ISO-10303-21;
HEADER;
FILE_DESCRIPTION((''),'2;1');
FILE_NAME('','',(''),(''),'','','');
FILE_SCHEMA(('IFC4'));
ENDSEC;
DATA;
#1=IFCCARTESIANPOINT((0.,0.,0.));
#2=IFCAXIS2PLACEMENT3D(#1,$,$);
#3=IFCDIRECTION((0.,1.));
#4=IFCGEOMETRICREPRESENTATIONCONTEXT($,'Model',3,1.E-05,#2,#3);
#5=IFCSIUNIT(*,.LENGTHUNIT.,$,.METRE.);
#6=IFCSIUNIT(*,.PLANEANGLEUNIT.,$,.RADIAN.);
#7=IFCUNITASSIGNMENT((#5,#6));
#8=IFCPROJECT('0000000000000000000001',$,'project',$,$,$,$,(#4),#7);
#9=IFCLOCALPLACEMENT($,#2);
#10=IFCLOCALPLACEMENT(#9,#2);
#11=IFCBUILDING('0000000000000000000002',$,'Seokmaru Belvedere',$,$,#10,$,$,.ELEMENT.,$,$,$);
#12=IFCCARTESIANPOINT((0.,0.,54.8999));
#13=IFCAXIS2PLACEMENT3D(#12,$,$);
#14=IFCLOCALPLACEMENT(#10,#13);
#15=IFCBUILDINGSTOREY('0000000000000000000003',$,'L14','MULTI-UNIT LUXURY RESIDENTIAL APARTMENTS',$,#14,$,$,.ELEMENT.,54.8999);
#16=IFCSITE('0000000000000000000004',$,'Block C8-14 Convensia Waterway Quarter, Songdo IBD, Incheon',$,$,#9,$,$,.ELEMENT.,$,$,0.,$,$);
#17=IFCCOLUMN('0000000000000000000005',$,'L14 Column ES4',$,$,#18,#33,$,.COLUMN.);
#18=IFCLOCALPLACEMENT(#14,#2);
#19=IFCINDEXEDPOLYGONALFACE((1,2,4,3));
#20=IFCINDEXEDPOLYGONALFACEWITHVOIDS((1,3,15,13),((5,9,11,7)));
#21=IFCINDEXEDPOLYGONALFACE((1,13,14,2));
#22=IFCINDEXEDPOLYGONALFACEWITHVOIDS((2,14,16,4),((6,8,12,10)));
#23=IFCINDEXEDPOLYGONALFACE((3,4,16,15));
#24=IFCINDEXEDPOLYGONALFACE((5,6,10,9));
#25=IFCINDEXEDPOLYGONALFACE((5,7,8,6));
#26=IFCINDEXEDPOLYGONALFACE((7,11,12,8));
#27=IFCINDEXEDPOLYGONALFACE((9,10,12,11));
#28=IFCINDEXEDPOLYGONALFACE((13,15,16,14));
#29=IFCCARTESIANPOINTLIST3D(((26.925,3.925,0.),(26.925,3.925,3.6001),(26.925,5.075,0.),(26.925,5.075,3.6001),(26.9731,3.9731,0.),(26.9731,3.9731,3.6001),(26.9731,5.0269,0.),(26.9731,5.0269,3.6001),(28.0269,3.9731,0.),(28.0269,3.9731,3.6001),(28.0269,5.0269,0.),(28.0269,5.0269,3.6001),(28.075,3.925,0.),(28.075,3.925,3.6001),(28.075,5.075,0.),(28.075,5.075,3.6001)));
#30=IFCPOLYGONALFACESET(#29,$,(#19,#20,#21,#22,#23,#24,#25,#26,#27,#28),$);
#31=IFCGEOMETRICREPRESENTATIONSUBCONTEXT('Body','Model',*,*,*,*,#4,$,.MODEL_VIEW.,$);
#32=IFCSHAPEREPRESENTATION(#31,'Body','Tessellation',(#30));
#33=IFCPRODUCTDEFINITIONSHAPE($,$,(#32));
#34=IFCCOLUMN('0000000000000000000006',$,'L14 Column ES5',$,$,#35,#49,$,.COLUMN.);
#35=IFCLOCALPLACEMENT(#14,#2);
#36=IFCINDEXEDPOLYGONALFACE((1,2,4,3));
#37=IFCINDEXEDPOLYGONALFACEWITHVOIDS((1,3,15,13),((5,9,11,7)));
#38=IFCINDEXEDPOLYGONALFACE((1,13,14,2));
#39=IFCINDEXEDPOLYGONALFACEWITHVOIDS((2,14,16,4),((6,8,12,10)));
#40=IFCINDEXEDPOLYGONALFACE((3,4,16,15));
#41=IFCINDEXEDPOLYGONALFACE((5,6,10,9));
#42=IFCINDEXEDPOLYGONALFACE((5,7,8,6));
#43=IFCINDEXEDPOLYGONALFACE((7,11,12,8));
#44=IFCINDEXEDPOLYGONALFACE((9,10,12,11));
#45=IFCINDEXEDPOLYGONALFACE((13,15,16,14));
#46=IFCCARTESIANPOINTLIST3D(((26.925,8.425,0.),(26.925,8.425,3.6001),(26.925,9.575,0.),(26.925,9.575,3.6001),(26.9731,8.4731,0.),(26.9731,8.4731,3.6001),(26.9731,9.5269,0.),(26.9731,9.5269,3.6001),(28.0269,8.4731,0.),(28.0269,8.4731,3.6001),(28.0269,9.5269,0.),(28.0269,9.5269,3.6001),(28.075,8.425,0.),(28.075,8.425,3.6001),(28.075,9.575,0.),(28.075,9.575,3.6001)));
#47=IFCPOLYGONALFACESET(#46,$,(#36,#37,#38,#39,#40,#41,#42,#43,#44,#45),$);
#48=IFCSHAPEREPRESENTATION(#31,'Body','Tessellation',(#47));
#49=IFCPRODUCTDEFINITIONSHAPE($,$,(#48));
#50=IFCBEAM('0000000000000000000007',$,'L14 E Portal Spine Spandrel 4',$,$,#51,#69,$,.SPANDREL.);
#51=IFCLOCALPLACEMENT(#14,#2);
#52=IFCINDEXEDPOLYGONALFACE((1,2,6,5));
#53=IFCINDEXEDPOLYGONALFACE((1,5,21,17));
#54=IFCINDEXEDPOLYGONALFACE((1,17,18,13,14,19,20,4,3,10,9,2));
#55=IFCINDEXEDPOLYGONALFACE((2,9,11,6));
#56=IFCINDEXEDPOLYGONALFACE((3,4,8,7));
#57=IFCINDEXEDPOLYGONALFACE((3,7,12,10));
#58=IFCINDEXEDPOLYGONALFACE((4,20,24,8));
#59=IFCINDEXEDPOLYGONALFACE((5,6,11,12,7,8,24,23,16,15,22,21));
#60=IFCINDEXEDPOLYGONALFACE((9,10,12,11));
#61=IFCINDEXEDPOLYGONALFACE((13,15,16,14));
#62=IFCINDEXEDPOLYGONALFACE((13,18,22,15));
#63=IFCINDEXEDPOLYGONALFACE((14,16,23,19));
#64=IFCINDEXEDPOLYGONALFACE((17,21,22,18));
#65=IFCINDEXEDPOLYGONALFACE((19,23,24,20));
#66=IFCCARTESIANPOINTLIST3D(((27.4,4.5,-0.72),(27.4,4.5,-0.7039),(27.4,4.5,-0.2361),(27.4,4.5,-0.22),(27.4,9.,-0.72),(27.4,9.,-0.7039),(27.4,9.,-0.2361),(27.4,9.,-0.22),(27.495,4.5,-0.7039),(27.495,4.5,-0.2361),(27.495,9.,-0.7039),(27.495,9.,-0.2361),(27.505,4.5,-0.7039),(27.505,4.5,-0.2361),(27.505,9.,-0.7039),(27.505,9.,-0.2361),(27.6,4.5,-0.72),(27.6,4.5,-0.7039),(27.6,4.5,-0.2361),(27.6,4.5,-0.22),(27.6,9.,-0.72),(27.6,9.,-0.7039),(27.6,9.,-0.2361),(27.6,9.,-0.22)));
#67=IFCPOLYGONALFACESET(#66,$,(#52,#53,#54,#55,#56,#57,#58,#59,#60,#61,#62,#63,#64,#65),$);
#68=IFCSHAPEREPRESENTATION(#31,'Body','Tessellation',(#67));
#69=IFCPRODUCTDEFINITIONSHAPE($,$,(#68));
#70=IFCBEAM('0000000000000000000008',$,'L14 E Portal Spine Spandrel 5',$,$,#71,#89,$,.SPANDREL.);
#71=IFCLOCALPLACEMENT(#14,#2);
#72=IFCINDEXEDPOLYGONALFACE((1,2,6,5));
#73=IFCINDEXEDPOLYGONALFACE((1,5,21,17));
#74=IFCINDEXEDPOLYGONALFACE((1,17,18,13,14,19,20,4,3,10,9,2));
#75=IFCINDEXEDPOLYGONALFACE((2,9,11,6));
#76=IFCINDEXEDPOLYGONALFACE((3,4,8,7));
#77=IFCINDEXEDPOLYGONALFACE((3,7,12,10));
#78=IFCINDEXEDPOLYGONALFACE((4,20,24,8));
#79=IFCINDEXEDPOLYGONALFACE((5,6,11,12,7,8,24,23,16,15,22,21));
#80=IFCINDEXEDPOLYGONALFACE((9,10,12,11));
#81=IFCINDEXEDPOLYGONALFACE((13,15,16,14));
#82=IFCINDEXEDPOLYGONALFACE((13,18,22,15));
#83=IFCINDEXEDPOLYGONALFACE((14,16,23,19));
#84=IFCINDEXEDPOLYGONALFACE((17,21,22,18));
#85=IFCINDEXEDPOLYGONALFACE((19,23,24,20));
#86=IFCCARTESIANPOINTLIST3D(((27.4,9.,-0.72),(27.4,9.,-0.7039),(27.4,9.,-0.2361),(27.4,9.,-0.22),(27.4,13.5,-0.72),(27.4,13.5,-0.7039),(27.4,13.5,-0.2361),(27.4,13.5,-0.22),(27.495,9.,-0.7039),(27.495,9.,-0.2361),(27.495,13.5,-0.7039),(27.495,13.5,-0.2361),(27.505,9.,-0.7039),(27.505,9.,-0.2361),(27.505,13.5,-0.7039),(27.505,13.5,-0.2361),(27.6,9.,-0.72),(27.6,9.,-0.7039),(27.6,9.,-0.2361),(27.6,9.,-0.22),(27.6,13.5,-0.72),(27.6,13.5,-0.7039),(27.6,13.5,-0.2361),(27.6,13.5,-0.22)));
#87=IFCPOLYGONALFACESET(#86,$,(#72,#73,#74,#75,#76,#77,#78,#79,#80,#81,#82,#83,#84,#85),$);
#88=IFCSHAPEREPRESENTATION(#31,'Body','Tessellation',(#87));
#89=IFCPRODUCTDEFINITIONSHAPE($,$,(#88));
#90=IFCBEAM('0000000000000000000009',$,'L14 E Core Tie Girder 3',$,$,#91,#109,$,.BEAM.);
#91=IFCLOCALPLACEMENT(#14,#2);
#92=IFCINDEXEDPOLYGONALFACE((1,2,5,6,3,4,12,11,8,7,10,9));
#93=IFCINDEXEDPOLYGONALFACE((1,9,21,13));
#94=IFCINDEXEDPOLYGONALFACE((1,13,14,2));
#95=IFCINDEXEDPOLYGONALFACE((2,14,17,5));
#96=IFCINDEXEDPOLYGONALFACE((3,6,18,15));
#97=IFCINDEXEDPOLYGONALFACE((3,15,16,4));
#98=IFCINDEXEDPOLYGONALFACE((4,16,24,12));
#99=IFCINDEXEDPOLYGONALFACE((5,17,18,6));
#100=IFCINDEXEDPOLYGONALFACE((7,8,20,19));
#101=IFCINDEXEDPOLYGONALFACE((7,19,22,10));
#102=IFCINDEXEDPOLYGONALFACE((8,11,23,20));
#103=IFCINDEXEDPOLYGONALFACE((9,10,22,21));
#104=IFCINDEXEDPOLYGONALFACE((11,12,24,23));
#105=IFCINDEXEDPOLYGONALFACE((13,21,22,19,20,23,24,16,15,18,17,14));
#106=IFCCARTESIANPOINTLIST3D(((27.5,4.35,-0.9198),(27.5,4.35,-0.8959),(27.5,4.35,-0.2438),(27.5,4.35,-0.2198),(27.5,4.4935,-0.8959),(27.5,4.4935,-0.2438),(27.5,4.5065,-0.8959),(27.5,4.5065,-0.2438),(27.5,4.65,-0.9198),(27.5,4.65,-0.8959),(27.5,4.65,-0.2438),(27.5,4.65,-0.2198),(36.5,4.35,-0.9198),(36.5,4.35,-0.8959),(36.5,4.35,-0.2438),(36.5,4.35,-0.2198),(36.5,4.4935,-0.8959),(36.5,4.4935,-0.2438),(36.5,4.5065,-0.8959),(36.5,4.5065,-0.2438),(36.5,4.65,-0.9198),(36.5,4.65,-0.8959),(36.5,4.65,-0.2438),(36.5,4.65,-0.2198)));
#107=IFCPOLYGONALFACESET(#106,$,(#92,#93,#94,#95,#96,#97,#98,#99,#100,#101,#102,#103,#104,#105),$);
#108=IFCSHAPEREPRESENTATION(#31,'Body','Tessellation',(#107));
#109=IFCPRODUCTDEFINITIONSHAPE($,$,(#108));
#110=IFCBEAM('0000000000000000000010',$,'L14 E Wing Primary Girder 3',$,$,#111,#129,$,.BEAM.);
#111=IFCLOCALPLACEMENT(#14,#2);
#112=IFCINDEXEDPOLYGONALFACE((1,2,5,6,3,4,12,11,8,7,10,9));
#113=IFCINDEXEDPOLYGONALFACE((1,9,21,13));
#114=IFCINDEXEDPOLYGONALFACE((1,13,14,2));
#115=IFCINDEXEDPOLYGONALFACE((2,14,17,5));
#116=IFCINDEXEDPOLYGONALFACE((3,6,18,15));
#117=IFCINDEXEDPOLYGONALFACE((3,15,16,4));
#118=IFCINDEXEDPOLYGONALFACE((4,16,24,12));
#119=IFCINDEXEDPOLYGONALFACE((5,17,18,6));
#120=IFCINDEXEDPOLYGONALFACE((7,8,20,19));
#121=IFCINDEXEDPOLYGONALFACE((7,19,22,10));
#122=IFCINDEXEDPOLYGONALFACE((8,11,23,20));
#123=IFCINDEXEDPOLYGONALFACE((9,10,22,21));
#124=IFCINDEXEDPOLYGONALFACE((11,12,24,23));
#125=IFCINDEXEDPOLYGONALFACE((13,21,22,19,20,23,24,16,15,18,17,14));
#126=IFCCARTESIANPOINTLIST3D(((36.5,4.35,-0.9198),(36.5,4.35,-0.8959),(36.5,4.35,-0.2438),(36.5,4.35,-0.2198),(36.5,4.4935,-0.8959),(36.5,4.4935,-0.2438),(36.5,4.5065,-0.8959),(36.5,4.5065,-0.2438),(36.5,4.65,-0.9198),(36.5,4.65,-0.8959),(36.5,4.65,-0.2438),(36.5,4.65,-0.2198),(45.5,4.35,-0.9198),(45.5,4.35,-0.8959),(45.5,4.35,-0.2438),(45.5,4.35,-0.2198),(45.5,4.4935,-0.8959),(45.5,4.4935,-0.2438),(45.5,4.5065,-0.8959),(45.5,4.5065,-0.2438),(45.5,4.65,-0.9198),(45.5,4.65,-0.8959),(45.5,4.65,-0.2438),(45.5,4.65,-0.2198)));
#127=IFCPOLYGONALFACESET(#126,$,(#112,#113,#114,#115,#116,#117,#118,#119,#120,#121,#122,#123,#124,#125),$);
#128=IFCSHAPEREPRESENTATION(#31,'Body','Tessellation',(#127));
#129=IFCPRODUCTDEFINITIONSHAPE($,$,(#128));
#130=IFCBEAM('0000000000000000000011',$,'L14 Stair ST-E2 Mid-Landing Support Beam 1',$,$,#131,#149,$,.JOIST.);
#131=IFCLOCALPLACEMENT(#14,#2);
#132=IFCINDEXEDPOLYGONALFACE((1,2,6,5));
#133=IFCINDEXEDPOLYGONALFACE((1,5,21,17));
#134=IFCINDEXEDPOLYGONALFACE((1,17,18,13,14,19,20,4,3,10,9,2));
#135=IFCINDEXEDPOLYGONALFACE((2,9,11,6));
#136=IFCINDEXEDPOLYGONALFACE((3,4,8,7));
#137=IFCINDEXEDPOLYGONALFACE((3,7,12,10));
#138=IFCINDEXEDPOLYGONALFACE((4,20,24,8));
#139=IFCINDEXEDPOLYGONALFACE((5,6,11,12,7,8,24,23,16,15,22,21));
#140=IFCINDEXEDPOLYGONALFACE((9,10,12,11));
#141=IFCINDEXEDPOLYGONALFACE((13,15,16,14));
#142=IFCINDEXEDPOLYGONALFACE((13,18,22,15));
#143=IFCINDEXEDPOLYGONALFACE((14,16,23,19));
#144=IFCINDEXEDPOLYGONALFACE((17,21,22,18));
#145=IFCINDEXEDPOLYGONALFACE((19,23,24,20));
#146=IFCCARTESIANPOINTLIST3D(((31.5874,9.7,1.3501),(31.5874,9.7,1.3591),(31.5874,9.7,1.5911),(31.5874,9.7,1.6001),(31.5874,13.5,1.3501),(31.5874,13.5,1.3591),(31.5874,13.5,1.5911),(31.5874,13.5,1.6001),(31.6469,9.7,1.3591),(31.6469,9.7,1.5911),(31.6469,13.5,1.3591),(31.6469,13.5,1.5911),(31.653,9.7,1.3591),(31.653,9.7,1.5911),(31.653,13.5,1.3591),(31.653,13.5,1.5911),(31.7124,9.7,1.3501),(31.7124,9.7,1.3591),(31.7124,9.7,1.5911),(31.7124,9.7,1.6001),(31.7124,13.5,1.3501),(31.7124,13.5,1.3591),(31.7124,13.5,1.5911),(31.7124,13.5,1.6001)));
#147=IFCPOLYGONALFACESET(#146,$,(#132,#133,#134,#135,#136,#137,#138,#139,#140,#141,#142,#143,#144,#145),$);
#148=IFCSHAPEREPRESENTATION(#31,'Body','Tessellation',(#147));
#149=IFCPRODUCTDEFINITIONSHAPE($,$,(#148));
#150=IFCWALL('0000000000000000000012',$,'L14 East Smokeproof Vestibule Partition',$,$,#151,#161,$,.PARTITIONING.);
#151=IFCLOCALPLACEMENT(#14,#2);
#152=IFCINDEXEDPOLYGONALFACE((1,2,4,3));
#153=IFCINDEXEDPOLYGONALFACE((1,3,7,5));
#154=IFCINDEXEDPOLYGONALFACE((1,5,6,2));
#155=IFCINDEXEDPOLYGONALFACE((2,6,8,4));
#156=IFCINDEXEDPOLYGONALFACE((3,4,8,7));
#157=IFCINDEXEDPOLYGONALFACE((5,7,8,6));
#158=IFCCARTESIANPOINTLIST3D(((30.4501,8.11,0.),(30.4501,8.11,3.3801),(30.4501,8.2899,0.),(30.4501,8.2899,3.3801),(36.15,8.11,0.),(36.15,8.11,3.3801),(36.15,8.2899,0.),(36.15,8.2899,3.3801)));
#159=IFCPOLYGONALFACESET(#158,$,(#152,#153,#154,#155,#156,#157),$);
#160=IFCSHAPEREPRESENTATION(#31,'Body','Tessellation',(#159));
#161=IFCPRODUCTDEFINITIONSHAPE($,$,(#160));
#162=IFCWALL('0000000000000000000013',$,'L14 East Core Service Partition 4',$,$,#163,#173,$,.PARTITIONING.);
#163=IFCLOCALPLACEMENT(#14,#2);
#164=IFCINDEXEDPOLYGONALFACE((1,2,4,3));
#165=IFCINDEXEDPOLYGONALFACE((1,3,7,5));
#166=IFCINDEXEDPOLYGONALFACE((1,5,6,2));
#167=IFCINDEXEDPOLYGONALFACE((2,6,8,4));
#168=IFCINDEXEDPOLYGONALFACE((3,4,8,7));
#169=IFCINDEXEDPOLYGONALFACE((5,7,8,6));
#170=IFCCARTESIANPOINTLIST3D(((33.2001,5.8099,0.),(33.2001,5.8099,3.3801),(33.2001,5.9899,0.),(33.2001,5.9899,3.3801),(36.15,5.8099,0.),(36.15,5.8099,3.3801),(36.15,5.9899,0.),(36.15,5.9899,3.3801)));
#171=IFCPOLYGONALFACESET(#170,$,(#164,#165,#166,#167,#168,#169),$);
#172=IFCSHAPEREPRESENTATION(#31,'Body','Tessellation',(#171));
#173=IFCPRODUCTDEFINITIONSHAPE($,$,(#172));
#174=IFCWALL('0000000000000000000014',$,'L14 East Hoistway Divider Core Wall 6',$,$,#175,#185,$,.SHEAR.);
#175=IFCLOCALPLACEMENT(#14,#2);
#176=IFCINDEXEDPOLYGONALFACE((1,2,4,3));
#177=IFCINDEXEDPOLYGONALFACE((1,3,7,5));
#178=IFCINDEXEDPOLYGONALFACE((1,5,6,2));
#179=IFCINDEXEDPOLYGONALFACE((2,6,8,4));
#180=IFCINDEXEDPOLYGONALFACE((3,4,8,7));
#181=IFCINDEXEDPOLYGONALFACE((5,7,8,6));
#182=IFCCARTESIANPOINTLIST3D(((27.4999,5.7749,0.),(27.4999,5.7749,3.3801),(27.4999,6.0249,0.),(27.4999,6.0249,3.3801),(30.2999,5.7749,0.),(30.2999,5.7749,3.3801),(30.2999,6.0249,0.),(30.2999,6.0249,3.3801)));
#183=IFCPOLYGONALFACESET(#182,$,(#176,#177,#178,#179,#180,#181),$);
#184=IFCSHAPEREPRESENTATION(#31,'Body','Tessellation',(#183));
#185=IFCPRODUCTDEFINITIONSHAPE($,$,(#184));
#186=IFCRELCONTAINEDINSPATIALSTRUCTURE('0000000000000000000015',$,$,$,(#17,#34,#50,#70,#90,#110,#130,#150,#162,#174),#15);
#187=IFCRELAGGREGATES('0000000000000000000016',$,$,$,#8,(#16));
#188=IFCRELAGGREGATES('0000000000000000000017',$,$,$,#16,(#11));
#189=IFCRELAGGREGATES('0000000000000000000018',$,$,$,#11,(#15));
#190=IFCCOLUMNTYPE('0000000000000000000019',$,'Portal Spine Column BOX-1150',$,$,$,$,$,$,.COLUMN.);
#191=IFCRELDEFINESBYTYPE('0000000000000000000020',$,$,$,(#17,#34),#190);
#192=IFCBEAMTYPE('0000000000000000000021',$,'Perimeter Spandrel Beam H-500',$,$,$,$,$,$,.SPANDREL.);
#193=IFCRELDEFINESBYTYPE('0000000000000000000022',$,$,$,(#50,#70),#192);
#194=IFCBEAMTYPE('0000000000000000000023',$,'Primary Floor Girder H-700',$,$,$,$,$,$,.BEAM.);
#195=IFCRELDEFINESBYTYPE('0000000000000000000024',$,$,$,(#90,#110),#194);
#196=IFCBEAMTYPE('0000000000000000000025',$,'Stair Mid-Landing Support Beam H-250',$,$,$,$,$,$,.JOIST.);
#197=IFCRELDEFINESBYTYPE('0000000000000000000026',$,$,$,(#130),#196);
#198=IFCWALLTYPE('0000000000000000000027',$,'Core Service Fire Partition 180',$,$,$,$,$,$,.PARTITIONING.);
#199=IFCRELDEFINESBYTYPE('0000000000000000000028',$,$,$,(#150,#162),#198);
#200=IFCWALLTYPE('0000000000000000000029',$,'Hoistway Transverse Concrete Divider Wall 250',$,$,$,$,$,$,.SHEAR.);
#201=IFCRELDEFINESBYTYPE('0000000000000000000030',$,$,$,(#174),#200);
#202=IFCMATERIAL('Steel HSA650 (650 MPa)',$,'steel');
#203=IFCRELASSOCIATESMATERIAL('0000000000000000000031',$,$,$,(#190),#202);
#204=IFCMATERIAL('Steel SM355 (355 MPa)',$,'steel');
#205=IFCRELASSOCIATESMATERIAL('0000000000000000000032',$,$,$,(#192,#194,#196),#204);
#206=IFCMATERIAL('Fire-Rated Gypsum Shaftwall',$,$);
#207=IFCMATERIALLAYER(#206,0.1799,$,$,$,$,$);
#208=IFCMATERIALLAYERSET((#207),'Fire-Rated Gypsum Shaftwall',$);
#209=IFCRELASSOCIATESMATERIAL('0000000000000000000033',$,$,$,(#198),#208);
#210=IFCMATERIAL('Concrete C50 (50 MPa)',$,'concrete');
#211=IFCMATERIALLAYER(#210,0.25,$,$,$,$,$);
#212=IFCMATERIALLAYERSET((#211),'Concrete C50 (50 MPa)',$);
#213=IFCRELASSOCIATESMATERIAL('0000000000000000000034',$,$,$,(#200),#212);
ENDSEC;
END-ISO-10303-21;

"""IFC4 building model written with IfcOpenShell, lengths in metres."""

from ifc_helpers import new_model, si_unit, direction, frame, frame_2d, origin, origin_2d, place, context, subcontext, project, spatial, rectangle, hollow_rectangle, i_section, extrude, source, transform, mapped, material, layer, layer_set, material_profile, profile_set, type_object, type_shapes, element, save


model = new_model("IFC4")

# Units and contexts
model_context = context("Model", 3, precision=1e-05, world=origin(), true_north=direction((0.0, 1.0)))
body_context = subcontext(model_context, "Body", "Model", "MODEL_VIEW")
ifc_project = project(units=[si_unit("LENGTHUNIT", "METRE"), si_unit("PLANEANGLEUNIT", "RADIAN")], contexts=[model_context])

# Site, building, storey
site_placement = place(None, origin())
site = spatial("IfcSite", under=ifc_project, at=site_placement, Name="Block C8-14 Convensia Waterway Quarter, Songdo IBD, Incheon", CompositionType="ELEMENT", RefElevation=0.0)
building_placement = place(site_placement, origin())
building = spatial("IfcBuilding", under=site, at=building_placement, Name="Seokmaru Belvedere", CompositionType="ELEMENT")
storey_placement = place(building_placement, frame((0.0, 0.0, 54.8999)))
storey = spatial("IfcBuildingStorey", under=building, at=storey_placement, Name="L14", Description="MULTI-UNIT LUXURY RESIDENTIAL APARTMENTS", CompositionType="ELEMENT", Elevation=54.8999)

# Columns
ifc_material_1 = material(Name="Steel HSA650 (650 MPa)", Category="steel")
ifc_material_profile_1 = material_profile(ifc_material_1, hollow_rectangle(XDim=1.1499, YDim=1.1499, WallThickness=0.0481, at=origin_2d()), Name="BOX-1150x1150x48")
ifc_profile_set_1 = profile_set([ifc_material_profile_1], Name="Steel HSA650 (650 MPa)")
column_type = type_object("IfcColumnType", Name="Portal Spine Column BOX-1150", PredefinedType="COLUMN", material=ifc_profile_set_1)
shared_shape_1 = source(origin(), body_context, "Body", "SweptSolid", [
    extrude(hollow_rectangle(XDim=1.1499, YDim=1.1499, WallThickness=0.0481, at=origin_2d()), origin(), (0.0, 0.0, 1.0), 3.6001),
])
type_shapes(column_type, [shared_shape_1])
for number, where, z_axis, x_axis, name in (
    (1, (27.5, 4.5, 0.0), (0.0, 0.0, 1.0), (1.0, 0.0, 0.0), "L14 Column ES4"),
    (2, (27.5, 9.0, 0.0), (0.0, 0.0, 1.0), (1.0, 0.0, 0.0), "L14 Column ES5"),
):
    element("IfcColumn", number, at=place(storey_placement, frame(where, z_axis=z_axis, x_axis=x_axis)), inside=storey, type_object=column_type, Name=name, PredefinedType="COLUMN", context=body_context, shape_type="MappedRepresentation", body=[
        mapped(shared_shape_1, transform((0.0, 0.0, 0.0), scale=1.0)),
    ])

# Beams
ifc_material_2 = material(Name="Steel SM355 (355 MPa)", Category="steel")
ifc_material_profile_2 = material_profile(ifc_material_2, i_section(OverallWidth=0.2, OverallDepth=0.5, WebThickness=0.01, FlangeThickness=0.0161, at=origin_2d()), Name="H-500x200x10x16")
ifc_profile_set_2 = profile_set([ifc_material_profile_2], Name="Steel SM355 (355 MPa)")
beam_type_1 = type_object("IfcBeamType", Name="Perimeter Spandrel Beam H-500", PredefinedType="SPANDREL", material=ifc_profile_set_2)
shared_shape_2 = source(origin(), body_context, "Body", "SweptSolid", [
    extrude(i_section(OverallWidth=0.2, OverallDepth=0.5, WebThickness=0.01, FlangeThickness=0.0161, at=origin_2d()), origin(), (0.0, 0.0, 1.0), 4.5),
])
type_shapes(beam_type_1, [shared_shape_2])
for number, where, z_axis, x_axis, name in (
    (3, (27.5, 4.5, -0.47), (0.0, 1.0, 0.0), (-1.0, 0.0, 0.0), "L14 E Portal Spine Spandrel 4"),
    (4, (27.5, 9.0, -0.47), (0.0, 1.0, 0.0), (-1.0, 0.0, 0.0), "L14 E Portal Spine Spandrel 5"),
):
    element("IfcBeam", number, at=place(storey_placement, frame(where, z_axis=z_axis, x_axis=x_axis)), inside=storey, type_object=beam_type_1, Name=name, PredefinedType="SPANDREL", context=body_context, shape_type="MappedRepresentation", body=[
        mapped(shared_shape_2, transform((0.0, 0.0, 0.0), scale=1.0)),
    ])
ifc_material_profile_3 = material_profile(ifc_material_2, i_section(OverallWidth=0.3, OverallDepth=0.7, WebThickness=0.0129, FlangeThickness=0.0239, at=origin_2d()), Name="H-700x300x13x24")
ifc_profile_set_3 = profile_set([ifc_material_profile_3], Name="Steel SM355 (355 MPa)")
beam_type_2 = type_object("IfcBeamType", Name="Primary Floor Girder H-700", PredefinedType="BEAM", material=ifc_profile_set_3)
shared_shape_3 = source(origin(), body_context, "Body", "SweptSolid", [
    extrude(i_section(OverallWidth=0.3, OverallDepth=0.7, WebThickness=0.0129, FlangeThickness=0.0239, at=origin_2d()), origin(), (0.0, 0.0, 1.0), 9.0),
])
type_shapes(beam_type_2, [shared_shape_3])
for number, where, z_axis, x_axis, name in (
    (5, (27.5, 4.5, -0.5698), (1.0, 0.0, 0.0), (0.0, 1.0, 0.0), "L14 E Core Tie Girder 3"),
    (6, (36.5, 4.5, -0.5698), (1.0, 0.0, 0.0), (0.0, 1.0, 0.0), "L14 E Wing Primary Girder 3"),
):
    element("IfcBeam", number, at=place(storey_placement, frame(where, z_axis=z_axis, x_axis=x_axis)), inside=storey, type_object=beam_type_2, Name=name, PredefinedType="BEAM", context=body_context, shape_type="MappedRepresentation", body=[
        mapped(shared_shape_3, transform((0.0, 0.0, 0.0), scale=1.0)),
    ])
ifc_material_profile_4 = material_profile(ifc_material_2, i_section(OverallWidth=0.125, OverallDepth=0.25, WebThickness=0.0061, FlangeThickness=0.009, at=origin_2d()), Name="H-250x125x6x9")
ifc_profile_set_4 = profile_set([ifc_material_profile_4], Name="Steel SM355 (355 MPa)")
beam_type_3 = type_object("IfcBeamType", Name="Stair Mid-Landing Support Beam H-250", PredefinedType="JOIST", material=ifc_profile_set_4)
shared_shape_4 = source(origin(), body_context, "Body", "SweptSolid", [
    extrude(i_section(OverallWidth=0.125, OverallDepth=0.25, WebThickness=0.0061, FlangeThickness=0.009, at=origin_2d()), origin(), (0.0, 0.0, 1.0), 3.8),
])
type_shapes(beam_type_3, [shared_shape_4])
beam_placement = place(storey_placement, frame((31.6499, 9.7, 1.4751), z_axis=(0.0, 1.0, 0.0), x_axis=(-1.0, 0.0, 0.0)))
element("IfcBeam", 7, at=beam_placement, inside=storey, type_object=beam_type_3, Name="L14 Stair ST-E2 Mid-Landing Support Beam 1", PredefinedType="JOIST", context=body_context, shape_type="MappedRepresentation", body=[
    mapped(shared_shape_4, transform((0.0, 0.0, 0.0), scale=1.0)),
])

# Walls
ifc_material_3 = material(Name="Fire-Rated Gypsum Shaftwall")
ifc_layer_1 = layer(ifc_material_3, 0.1799)
ifc_layer_set_1 = layer_set([ifc_layer_1], Name="Fire-Rated Gypsum Shaftwall")
wall_type_1 = type_object("IfcWallType", Name="Core Service Fire Partition 180", PredefinedType="PARTITIONING", material=ifc_layer_set_1)
wall_1_placement = place(storey_placement, frame((30.45, 8.2, 0.0), z_axis=(0.0, 0.0, 1.0), x_axis=(1.0, 0.0, 0.0)))
element("IfcWall", 8, at=wall_1_placement, inside=storey, type_object=wall_type_1, Name="L14 East Smokeproof Vestibule Partition", PredefinedType="PARTITIONING", context=body_context, shape_type="SweptSolid", body=[
    extrude(rectangle(XDim=5.7, YDim=0.1799, at=frame_2d((2.8501, 0.0))), origin(), (0.0, 0.0, 1.0), 3.3801),
])
wall_2_placement = place(storey_placement, frame((33.2, 5.8999, 0.0), z_axis=(0.0, 0.0, 1.0), x_axis=(1.0, 0.0, 0.0)))
element("IfcWall", 9, at=wall_2_placement, inside=storey, type_object=wall_type_1, Name="L14 East Core Service Partition 4", PredefinedType="PARTITIONING", context=body_context, shape_type="SweptSolid", body=[
    extrude(rectangle(XDim=2.95, YDim=0.1799, at=frame_2d((1.4751, 0.0))), origin(), (0.0, 0.0, 1.0), 3.3801),
])
ifc_material_4 = material(Name="Concrete C50 (50 MPa)", Category="concrete")
ifc_layer_2 = layer(ifc_material_4, 0.25)
ifc_layer_set_2 = layer_set([ifc_layer_2], Name="Concrete C50 (50 MPa)")
wall_type_2 = type_object("IfcWallType", Name="Hoistway Transverse Concrete Divider Wall 250", PredefinedType="SHEAR", material=ifc_layer_set_2)
for number, where, z_axis, x_axis, name in (
    (10, (27.5, 5.8999, 0.0), (0.0, 0.0, 1.0), (1.0, 0.0, 0.0), "L14 East Hoistway Divider Core Wall 6"),
):
    element("IfcWall", number, at=place(storey_placement, frame(where, z_axis=z_axis, x_axis=x_axis)), inside=storey, type_object=wall_type_2, Name=name, PredefinedType="SHEAR", context=body_context, shape_type="SweptSolid", body=[
        extrude(rectangle(XDim=2.8, YDim=0.25, at=frame_2d((1.3999, 0.0))), origin(), (0.0, 0.0, 1.0), 3.3801),
    ])

save(model, "model.ifc")
